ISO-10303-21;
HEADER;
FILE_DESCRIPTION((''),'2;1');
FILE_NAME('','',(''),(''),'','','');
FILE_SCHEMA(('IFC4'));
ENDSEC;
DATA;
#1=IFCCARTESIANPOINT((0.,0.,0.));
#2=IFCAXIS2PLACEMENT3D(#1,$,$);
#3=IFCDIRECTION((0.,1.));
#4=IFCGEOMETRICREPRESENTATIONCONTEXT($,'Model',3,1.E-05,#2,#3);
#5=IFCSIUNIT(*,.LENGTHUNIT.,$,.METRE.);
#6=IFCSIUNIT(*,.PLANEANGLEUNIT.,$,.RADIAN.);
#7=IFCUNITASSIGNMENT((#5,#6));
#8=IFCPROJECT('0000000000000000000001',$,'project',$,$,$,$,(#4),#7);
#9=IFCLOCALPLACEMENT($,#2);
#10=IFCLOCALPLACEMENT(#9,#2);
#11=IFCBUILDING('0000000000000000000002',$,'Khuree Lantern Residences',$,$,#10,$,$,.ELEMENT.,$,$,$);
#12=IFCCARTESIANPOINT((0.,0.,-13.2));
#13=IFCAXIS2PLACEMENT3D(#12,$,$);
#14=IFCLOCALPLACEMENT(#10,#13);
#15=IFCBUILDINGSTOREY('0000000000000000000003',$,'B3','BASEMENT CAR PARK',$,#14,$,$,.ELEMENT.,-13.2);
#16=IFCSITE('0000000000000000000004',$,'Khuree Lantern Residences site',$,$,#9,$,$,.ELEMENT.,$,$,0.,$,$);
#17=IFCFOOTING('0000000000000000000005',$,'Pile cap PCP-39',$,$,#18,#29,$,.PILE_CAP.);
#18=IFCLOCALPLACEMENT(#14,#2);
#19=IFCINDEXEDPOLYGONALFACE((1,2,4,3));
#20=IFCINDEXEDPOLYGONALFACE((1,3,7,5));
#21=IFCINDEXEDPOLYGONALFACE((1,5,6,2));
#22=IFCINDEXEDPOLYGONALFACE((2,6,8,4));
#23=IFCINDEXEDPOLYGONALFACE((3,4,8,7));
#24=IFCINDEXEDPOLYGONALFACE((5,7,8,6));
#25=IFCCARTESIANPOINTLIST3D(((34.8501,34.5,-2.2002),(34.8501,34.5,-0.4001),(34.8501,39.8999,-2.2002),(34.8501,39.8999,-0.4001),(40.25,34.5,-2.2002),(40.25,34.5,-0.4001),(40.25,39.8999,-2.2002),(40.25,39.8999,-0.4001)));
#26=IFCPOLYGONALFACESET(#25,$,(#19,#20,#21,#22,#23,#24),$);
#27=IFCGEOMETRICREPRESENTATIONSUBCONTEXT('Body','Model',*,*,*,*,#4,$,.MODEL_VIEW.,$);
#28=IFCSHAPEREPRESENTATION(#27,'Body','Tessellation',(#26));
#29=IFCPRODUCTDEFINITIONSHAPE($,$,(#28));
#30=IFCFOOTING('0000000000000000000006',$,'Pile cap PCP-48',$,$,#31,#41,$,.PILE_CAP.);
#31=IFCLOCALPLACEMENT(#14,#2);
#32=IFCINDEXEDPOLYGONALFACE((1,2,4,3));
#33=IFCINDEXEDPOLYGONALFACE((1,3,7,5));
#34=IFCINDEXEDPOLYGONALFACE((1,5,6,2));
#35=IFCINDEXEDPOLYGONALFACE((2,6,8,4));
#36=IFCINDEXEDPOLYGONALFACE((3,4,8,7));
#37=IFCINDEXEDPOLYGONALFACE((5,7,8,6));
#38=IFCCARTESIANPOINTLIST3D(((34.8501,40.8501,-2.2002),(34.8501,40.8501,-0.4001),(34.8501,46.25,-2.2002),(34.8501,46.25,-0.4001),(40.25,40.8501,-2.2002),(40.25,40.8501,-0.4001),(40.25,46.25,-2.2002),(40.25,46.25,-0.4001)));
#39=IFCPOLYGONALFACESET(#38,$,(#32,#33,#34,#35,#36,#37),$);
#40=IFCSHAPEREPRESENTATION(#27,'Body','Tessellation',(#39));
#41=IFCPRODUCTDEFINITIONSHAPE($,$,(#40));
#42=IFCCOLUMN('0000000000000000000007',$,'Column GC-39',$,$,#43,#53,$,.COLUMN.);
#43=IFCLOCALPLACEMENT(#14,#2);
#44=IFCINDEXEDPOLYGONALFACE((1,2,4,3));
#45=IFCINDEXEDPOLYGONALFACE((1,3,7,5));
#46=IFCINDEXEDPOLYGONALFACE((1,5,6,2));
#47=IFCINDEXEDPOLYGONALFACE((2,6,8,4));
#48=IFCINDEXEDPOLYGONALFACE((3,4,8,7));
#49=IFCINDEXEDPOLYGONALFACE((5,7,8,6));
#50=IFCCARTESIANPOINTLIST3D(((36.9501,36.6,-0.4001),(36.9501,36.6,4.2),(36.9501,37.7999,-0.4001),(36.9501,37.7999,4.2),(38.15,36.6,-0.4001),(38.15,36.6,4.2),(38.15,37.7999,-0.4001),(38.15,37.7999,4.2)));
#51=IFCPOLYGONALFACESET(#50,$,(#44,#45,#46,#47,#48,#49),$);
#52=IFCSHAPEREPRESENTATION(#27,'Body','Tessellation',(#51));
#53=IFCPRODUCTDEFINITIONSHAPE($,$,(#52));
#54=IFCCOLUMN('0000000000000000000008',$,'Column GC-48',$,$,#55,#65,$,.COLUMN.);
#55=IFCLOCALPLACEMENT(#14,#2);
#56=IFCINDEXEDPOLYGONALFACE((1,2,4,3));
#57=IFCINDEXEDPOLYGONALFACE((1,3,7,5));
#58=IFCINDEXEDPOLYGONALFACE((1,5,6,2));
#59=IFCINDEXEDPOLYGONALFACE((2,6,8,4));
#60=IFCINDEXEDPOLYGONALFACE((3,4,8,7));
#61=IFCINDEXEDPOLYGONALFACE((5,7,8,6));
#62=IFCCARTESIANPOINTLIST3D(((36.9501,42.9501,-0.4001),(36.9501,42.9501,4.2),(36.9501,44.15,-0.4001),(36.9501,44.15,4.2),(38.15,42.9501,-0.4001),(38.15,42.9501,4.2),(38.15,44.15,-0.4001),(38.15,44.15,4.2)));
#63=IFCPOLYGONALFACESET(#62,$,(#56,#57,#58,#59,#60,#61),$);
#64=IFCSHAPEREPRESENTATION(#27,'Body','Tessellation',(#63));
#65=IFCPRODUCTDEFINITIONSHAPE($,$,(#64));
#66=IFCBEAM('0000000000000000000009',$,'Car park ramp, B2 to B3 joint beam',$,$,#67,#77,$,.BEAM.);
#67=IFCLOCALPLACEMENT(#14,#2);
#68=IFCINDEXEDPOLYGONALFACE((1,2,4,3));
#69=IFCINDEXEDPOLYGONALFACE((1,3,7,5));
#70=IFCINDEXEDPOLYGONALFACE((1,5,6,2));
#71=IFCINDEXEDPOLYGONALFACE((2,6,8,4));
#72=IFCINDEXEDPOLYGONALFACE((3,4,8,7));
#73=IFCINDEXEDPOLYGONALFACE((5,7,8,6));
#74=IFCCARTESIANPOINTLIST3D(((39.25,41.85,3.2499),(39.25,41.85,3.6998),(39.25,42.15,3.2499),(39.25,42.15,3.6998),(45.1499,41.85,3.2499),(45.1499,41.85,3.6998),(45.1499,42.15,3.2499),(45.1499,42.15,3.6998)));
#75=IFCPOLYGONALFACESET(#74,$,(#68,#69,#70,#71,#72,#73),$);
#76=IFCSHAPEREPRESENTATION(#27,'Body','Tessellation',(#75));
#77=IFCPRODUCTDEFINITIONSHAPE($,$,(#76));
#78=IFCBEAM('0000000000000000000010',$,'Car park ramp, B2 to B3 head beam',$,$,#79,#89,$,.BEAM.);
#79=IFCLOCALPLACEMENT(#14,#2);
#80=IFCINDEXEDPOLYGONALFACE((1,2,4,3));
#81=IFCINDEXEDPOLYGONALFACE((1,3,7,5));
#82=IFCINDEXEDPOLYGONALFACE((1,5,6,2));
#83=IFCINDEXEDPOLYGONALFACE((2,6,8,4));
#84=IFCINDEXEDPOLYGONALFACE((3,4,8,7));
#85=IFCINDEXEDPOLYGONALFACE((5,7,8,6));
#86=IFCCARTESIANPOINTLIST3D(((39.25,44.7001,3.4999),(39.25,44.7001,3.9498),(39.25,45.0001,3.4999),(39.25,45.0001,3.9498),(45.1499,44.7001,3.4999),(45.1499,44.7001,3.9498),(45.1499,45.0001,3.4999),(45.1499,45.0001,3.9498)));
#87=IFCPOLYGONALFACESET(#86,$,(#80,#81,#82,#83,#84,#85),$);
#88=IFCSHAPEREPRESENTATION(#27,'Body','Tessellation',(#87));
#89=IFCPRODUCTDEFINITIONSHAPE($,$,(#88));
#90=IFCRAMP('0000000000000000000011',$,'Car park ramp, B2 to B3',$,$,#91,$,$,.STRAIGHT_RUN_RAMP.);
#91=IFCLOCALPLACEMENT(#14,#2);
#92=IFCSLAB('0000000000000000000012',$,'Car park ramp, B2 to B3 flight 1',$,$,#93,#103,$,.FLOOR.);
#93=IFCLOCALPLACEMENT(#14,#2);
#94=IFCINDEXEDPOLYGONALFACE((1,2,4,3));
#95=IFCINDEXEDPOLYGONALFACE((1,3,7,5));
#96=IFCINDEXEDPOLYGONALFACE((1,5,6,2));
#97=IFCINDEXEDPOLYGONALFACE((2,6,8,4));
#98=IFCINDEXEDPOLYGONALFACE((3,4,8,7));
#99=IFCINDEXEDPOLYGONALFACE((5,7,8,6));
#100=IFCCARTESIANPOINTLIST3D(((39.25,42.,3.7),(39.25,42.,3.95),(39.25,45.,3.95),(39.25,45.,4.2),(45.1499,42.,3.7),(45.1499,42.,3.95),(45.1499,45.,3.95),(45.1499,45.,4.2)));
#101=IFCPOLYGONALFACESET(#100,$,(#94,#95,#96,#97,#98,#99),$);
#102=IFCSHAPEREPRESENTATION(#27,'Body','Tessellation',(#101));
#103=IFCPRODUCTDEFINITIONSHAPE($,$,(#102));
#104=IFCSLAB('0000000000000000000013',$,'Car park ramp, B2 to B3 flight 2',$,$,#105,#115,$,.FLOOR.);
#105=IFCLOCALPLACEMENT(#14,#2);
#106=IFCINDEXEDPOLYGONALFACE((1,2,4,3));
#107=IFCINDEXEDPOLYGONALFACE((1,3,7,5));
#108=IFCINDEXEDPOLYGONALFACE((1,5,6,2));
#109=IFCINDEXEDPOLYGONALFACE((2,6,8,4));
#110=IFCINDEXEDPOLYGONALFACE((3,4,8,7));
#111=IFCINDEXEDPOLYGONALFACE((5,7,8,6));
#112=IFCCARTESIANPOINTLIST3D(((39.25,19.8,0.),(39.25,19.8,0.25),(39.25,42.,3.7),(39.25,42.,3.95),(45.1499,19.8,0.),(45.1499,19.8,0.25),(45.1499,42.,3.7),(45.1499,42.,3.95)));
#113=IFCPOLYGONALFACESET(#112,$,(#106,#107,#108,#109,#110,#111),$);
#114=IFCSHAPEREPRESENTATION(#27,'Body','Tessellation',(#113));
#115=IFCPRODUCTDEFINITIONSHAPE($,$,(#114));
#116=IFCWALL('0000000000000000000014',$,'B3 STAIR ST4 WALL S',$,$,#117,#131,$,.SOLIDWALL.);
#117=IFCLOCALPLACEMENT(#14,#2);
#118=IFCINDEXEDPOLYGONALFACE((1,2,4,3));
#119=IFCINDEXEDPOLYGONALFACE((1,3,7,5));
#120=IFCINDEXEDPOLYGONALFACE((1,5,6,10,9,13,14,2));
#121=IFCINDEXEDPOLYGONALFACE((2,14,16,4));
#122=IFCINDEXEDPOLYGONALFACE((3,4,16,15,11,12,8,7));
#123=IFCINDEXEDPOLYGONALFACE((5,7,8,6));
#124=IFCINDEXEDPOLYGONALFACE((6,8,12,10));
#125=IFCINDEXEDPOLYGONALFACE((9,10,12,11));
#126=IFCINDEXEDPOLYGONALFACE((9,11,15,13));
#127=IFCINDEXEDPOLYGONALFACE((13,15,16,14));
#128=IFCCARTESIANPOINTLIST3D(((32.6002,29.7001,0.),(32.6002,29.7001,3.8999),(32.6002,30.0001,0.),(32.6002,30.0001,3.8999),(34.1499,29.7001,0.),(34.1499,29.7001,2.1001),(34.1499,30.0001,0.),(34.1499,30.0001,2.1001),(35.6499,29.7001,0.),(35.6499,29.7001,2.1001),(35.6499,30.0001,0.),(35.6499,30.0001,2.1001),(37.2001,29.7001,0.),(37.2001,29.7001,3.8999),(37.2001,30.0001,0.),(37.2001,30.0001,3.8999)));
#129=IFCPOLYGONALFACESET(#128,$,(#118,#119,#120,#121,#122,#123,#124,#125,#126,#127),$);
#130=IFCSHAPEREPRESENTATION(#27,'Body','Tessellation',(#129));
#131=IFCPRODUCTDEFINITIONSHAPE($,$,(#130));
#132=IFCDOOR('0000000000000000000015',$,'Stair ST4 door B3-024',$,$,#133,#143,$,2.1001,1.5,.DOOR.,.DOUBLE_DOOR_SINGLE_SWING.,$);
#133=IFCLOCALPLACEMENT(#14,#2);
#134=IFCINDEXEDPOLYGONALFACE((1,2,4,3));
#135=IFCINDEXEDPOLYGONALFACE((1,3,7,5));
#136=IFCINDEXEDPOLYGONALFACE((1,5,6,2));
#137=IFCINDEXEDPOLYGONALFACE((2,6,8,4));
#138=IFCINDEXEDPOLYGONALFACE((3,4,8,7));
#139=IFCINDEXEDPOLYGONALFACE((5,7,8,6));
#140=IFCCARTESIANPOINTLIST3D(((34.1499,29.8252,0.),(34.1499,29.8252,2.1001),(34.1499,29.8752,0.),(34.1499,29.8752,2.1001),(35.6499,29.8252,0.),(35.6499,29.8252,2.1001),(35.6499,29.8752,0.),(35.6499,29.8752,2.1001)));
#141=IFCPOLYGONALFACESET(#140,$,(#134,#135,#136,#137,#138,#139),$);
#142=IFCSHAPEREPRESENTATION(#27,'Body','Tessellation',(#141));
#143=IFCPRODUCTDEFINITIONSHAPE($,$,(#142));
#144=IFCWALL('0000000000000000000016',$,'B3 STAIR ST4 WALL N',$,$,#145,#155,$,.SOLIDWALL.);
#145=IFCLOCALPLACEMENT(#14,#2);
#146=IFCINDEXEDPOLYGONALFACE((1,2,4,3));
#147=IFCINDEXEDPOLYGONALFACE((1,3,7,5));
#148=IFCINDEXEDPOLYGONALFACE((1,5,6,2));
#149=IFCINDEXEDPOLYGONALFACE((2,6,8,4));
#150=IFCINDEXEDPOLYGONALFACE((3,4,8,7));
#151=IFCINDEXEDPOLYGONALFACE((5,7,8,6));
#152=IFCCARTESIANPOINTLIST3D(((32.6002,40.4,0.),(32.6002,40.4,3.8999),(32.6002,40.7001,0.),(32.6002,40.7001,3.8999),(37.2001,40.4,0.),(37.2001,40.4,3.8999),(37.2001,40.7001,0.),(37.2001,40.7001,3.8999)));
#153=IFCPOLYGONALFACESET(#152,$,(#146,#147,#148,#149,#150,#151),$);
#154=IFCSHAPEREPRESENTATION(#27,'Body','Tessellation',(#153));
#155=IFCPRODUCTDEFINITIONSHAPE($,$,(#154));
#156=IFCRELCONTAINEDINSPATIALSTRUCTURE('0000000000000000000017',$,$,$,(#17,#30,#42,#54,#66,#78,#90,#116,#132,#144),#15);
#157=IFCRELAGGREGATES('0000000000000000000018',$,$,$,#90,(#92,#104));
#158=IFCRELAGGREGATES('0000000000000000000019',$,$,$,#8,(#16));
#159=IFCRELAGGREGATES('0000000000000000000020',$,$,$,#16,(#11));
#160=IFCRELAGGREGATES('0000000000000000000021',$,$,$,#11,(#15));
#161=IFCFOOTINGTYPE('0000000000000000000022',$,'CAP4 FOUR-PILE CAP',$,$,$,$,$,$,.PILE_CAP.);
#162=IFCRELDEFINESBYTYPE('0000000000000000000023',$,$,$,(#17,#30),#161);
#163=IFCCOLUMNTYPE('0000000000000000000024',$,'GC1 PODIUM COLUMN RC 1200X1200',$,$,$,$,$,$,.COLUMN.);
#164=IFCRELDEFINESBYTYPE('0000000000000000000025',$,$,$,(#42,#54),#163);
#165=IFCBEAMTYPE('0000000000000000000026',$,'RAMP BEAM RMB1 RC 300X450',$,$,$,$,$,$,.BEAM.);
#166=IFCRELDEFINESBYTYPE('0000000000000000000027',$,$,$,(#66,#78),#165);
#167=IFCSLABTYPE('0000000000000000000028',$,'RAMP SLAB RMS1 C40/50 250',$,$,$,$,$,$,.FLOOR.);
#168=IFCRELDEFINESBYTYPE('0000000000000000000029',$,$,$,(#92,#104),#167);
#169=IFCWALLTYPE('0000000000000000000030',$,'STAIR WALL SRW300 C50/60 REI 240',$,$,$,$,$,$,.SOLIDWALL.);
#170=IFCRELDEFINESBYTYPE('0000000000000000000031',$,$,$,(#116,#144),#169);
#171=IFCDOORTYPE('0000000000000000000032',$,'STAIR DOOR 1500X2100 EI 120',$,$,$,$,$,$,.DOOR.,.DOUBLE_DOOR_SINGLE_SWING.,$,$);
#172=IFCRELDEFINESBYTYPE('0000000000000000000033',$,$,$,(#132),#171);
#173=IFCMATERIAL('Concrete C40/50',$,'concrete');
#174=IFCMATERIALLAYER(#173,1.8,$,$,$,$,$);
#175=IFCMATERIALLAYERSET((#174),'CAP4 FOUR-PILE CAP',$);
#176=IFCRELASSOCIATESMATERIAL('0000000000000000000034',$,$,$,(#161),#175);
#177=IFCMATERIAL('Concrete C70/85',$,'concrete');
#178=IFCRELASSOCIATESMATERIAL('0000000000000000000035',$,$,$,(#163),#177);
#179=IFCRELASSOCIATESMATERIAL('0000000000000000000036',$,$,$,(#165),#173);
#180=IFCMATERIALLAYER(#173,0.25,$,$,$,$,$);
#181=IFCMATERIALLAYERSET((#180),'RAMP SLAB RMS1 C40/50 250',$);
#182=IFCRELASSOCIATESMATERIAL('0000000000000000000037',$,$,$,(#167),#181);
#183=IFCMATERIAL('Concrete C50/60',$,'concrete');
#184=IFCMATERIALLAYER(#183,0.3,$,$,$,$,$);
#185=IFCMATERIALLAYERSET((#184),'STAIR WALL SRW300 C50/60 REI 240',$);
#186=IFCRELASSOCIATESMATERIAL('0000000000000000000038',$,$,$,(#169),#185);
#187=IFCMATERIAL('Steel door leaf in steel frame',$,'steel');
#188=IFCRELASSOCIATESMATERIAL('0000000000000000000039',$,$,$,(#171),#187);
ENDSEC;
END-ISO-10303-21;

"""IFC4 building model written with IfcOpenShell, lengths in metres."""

from ifc_helpers import new_model, si_unit, direction, frame, frame_2d, origin, origin_2d, place, context, subcontext, project, spatial, polyline, rectangle, outline, extrude, material, layer, layer_set, material_profile, profile_set, type_object, element, fill, aggregate, save


model = new_model("IFC4")

# Units and contexts
model_context = context("Model", 3, precision=1e-05, world=origin(), true_north=direction((0.0, 1.0)))
body_context = subcontext(model_context, "Body", "Model", "MODEL_VIEW")
ifc_project = project(units=[si_unit("LENGTHUNIT", "METRE"), si_unit("PLANEANGLEUNIT", "RADIAN")], contexts=[model_context])

# Site, building, storey
site_placement = place(None, origin())
site = spatial("IfcSite", under=ifc_project, at=site_placement, Name="Khuree Lantern Residences site", CompositionType="ELEMENT", RefElevation=0.0)
building_placement = place(site_placement, origin())
building = spatial("IfcBuilding", under=site, at=building_placement, Name="Khuree Lantern Residences", CompositionType="ELEMENT")
storey_placement = place(building_placement, frame((0.0, 0.0, -13.2)))
storey = spatial("IfcBuildingStorey", under=building, at=storey_placement, Name="B3", Description="BASEMENT CAR PARK", CompositionType="ELEMENT", Elevation=-13.2)

# Footings
ifc_material_1 = material(Name="Concrete C40/50", Category="concrete")
ifc_layer_1 = layer(ifc_material_1, 1.8)
ifc_layer_set_1 = layer_set([ifc_layer_1], Name="CAP4 FOUR-PILE CAP")
footing_type = type_object("IfcFootingType", Name="CAP4 FOUR-PILE CAP", PredefinedType="PILE_CAP", material=ifc_layer_set_1)
for number, where, z_axis, x_axis, name in (
    (1, (37.55, 37.2, -2.2002), (0.0, 0.0, 1.0), (1.0, 0.0, 0.0), "Pile cap PCP-39"),
    (2, (37.55, 43.55, -2.2002), (0.0, 0.0, 1.0), (1.0, 0.0, 0.0), "Pile cap PCP-48"),
):
    element("IfcFooting", number, at=place(storey_placement, frame(where, z_axis=z_axis, x_axis=x_axis)), inside=storey, type_object=footing_type, Name=name, PredefinedType="PILE_CAP", context=body_context, shape_type="SweptSolid", body=[
        extrude(rectangle(XDim=5.3999, YDim=5.3999, at=origin_2d()), origin(), (0.0, 0.0, 1.0), 1.8),
    ])

# Columns
ifc_material_2 = material(Name="Concrete C70/85", Category="concrete")
ifc_material_profile_1 = material_profile(ifc_material_2, rectangle(XDim=1.2, YDim=1.2, at=origin_2d()), Name="RC 1200X1200")
ifc_profile_set_1 = profile_set([ifc_material_profile_1], Name="Concrete C70/85")
column_type = type_object("IfcColumnType", Name="GC1 PODIUM COLUMN RC 1200X1200", PredefinedType="COLUMN", material=ifc_profile_set_1)
for number, where, z_axis, x_axis, name in (
    (3, (37.55, 37.2, -0.4001), (0.0, 0.0, 1.0), (1.0, 0.0, 0.0), "Column GC-39"),
    (4, (37.55, 43.55, -0.4001), (0.0, 0.0, 1.0), (1.0, 0.0, 0.0), "Column GC-48"),
):
    element("IfcColumn", number, at=place(storey_placement, frame(where, z_axis=z_axis, x_axis=x_axis)), inside=storey, type_object=column_type, Name=name, PredefinedType="COLUMN", context=body_context, shape_type="SweptSolid", body=[
        extrude(rectangle(XDim=1.2, YDim=1.2, at=origin_2d()), origin(), (0.0, 0.0, 1.0), 4.6001),
    ])

# Beams
ifc_material_profile_2 = material_profile(ifc_material_1, rectangle(XDim=0.3, YDim=0.45, at=origin_2d()), Name="RC 300X450")
ifc_profile_set_2 = profile_set([ifc_material_profile_2], Name="Concrete C40/50")
beam_type = type_object("IfcBeamType", Name="RAMP BEAM RMB1 RC 300X450", PredefinedType="BEAM", material=ifc_profile_set_2)
for number, where, z_axis, x_axis, name in (
    (5, (39.25, 42.0, 3.4749), (1.0, 0.0, 0.0), (0.0, 1.0, 0.0), "Car park ramp, B2 to B3 joint beam"),
    (6, (39.25, 44.8501, 3.7249), (1.0, 0.0, 0.0), (0.0, 1.0, 0.0), "Car park ramp, B2 to B3 head beam"),
):
    element("IfcBeam", number, at=place(storey_placement, frame(where, z_axis=z_axis, x_axis=x_axis)), inside=storey, type_object=beam_type, Name=name, PredefinedType="BEAM", context=body_context, shape_type="SweptSolid", body=[
        extrude(rectangle(XDim=0.3, YDim=0.45, at=origin_2d()), origin(), (0.0, 0.0, 1.0), 5.8999),
    ])

# Ramp, slabs
ramp_placement = place(storey_placement, origin())
ramp = element("IfcRamp", 7, at=ramp_placement, inside=storey, Name="Car park ramp, B2 to B3", PredefinedType="STRAIGHT_RUN_RAMP")
ifc_layer_2 = layer(ifc_material_1, 0.25)
ifc_layer_set_2 = layer_set([ifc_layer_2], Name="RAMP SLAB RMS1 C40/50 250")
slab_type = type_object("IfcSlabType", Name="RAMP SLAB RMS1 C40/50 250", PredefinedType="FLOOR", material=ifc_layer_set_2)
slab_1_placement = place(storey_placement, frame((39.25, 45.0, 4.2), z_axis=(0.0, -0.083045, 0.996546), x_axis=(1.0, 0.0, 0.0)))
slab_1 = element("IfcSlab", 8, at=slab_1_placement, type_object=slab_type, Name="Car park ramp, B2 to B3 flight 1", PredefinedType="FLOOR", context=body_context, shape_type="SweptSolid", body=[
    extrude(outline(polyline([(0.0, 0.0), (5.8999, 0.0), (5.8999, -3.0104), (0.0, -3.0104), (0.0, 0.0)])), origin(), (0.0, -0.083045, -0.996546), 0.25),
])
slab_2_placement = place(storey_placement, frame((39.25, 42.0, 3.95), z_axis=(0.0, -0.164397, 0.986394), x_axis=(1.0, 0.0, 0.0)))
slab_2 = element("IfcSlab", 9, at=slab_2_placement, type_object=slab_type, Name="Car park ramp, B2 to B3 flight 2", PredefinedType="FLOOR", context=body_context, shape_type="SweptSolid", body=[
    extrude(outline(polyline([(0.0, 0.0), (5.8999, 0.0), (5.8999, -22.5062), (0.0, -22.5062), (0.0, 0.0)])), origin(), (0.0, -0.164397, -0.986394), 0.25),
])
aggregate(ramp, [slab_1, slab_2])

# Wall, opening, door
ifc_material_3 = material(Name="Concrete C50/60", Category="concrete")
ifc_layer_3 = layer(ifc_material_3, 0.3)
ifc_layer_set_3 = layer_set([ifc_layer_3], Name="STAIR WALL SRW300 C50/60 REI 240")
wall_type = type_object("IfcWallType", Name="STAIR WALL SRW300 C50/60 REI 240", PredefinedType="SOLIDWALL", material=ifc_layer_set_3)
wall_1_placement = place(storey_placement, frame((37.2, 29.8501, 0.0), z_axis=(0.0, 0.0, 1.0), x_axis=(-1.0, 0.0, 0.0)))
wall_1 = element("IfcWall", 10, at=wall_1_placement, inside=storey, type_object=wall_type, Name="B3 STAIR ST4 WALL S", PredefinedType="SOLIDWALL", context=body_context, shape_type="SweptSolid", body=[
    extrude(rectangle(XDim=4.5999, YDim=0.3, at=frame_2d((2.2998, 0.0))), origin(), (0.0, 0.0, 1.0), 3.8999),
])
opening_placement = place(wall_1_placement, frame((1.55, 0.0, 0.0)))
opening = element("IfcOpeningElement", 11, at=opening_placement, cuts=wall_1, PredefinedType="OPENING", context=body_context, shape_type="SweptSolid", body=[
    extrude(rectangle(XDim=1.5, YDim=2.1001, at=frame_2d((0.75, 1.05))), frame((0.0, 0.1602, 0.0), z_axis=(0.0, -1.0, 0.0), x_axis=(1.0, 0.0, 0.0)), (0.0, 0.0, 1.0), 0.3201),
])
ifc_material_4 = material(Name="Steel door leaf in steel frame", Category="steel")
door_type = type_object("IfcDoorType", Name="STAIR DOOR 1500X2100 EI 120", OperationType="DOUBLE_DOOR_SINGLE_SWING", PredefinedType="DOOR", material=ifc_material_4)
door_placement = place(opening_placement, origin())
door = element("IfcDoor", 12, at=door_placement, inside=storey, type_object=door_type, Name="Stair ST4 door B3-024", OperationType="DOUBLE_DOOR_SINGLE_SWING", OverallHeight=2.1001, OverallWidth=1.5, PredefinedType="DOOR", context=body_context, shape_type="SweptSolid", body=[
    extrude(rectangle(XDim=1.5, YDim=2.1001, at=frame_2d((0.75, 1.05))), frame((0.0, 0.0249, 0.0), z_axis=(0.0, -1.0, 0.0), x_axis=(1.0, 0.0, 0.0)), (0.0, 0.0, 1.0), 0.05),
])
fill(opening, door)

# Wall
wall_2_placement = place(storey_placement, frame((37.2, 40.55, 0.0), z_axis=(0.0, 0.0, 1.0), x_axis=(-1.0, 0.0, 0.0)))
element("IfcWall", 13, at=wall_2_placement, inside=storey, type_object=wall_type, Name="B3 STAIR ST4 WALL N", PredefinedType="SOLIDWALL", context=body_context, shape_type="SweptSolid", body=[
    extrude(rectangle(XDim=4.5999, YDim=0.3, at=frame_2d((2.2998, 0.0))), origin(), (0.0, 0.0, 1.0), 3.8999),
])

save(model, "model.ifc")
